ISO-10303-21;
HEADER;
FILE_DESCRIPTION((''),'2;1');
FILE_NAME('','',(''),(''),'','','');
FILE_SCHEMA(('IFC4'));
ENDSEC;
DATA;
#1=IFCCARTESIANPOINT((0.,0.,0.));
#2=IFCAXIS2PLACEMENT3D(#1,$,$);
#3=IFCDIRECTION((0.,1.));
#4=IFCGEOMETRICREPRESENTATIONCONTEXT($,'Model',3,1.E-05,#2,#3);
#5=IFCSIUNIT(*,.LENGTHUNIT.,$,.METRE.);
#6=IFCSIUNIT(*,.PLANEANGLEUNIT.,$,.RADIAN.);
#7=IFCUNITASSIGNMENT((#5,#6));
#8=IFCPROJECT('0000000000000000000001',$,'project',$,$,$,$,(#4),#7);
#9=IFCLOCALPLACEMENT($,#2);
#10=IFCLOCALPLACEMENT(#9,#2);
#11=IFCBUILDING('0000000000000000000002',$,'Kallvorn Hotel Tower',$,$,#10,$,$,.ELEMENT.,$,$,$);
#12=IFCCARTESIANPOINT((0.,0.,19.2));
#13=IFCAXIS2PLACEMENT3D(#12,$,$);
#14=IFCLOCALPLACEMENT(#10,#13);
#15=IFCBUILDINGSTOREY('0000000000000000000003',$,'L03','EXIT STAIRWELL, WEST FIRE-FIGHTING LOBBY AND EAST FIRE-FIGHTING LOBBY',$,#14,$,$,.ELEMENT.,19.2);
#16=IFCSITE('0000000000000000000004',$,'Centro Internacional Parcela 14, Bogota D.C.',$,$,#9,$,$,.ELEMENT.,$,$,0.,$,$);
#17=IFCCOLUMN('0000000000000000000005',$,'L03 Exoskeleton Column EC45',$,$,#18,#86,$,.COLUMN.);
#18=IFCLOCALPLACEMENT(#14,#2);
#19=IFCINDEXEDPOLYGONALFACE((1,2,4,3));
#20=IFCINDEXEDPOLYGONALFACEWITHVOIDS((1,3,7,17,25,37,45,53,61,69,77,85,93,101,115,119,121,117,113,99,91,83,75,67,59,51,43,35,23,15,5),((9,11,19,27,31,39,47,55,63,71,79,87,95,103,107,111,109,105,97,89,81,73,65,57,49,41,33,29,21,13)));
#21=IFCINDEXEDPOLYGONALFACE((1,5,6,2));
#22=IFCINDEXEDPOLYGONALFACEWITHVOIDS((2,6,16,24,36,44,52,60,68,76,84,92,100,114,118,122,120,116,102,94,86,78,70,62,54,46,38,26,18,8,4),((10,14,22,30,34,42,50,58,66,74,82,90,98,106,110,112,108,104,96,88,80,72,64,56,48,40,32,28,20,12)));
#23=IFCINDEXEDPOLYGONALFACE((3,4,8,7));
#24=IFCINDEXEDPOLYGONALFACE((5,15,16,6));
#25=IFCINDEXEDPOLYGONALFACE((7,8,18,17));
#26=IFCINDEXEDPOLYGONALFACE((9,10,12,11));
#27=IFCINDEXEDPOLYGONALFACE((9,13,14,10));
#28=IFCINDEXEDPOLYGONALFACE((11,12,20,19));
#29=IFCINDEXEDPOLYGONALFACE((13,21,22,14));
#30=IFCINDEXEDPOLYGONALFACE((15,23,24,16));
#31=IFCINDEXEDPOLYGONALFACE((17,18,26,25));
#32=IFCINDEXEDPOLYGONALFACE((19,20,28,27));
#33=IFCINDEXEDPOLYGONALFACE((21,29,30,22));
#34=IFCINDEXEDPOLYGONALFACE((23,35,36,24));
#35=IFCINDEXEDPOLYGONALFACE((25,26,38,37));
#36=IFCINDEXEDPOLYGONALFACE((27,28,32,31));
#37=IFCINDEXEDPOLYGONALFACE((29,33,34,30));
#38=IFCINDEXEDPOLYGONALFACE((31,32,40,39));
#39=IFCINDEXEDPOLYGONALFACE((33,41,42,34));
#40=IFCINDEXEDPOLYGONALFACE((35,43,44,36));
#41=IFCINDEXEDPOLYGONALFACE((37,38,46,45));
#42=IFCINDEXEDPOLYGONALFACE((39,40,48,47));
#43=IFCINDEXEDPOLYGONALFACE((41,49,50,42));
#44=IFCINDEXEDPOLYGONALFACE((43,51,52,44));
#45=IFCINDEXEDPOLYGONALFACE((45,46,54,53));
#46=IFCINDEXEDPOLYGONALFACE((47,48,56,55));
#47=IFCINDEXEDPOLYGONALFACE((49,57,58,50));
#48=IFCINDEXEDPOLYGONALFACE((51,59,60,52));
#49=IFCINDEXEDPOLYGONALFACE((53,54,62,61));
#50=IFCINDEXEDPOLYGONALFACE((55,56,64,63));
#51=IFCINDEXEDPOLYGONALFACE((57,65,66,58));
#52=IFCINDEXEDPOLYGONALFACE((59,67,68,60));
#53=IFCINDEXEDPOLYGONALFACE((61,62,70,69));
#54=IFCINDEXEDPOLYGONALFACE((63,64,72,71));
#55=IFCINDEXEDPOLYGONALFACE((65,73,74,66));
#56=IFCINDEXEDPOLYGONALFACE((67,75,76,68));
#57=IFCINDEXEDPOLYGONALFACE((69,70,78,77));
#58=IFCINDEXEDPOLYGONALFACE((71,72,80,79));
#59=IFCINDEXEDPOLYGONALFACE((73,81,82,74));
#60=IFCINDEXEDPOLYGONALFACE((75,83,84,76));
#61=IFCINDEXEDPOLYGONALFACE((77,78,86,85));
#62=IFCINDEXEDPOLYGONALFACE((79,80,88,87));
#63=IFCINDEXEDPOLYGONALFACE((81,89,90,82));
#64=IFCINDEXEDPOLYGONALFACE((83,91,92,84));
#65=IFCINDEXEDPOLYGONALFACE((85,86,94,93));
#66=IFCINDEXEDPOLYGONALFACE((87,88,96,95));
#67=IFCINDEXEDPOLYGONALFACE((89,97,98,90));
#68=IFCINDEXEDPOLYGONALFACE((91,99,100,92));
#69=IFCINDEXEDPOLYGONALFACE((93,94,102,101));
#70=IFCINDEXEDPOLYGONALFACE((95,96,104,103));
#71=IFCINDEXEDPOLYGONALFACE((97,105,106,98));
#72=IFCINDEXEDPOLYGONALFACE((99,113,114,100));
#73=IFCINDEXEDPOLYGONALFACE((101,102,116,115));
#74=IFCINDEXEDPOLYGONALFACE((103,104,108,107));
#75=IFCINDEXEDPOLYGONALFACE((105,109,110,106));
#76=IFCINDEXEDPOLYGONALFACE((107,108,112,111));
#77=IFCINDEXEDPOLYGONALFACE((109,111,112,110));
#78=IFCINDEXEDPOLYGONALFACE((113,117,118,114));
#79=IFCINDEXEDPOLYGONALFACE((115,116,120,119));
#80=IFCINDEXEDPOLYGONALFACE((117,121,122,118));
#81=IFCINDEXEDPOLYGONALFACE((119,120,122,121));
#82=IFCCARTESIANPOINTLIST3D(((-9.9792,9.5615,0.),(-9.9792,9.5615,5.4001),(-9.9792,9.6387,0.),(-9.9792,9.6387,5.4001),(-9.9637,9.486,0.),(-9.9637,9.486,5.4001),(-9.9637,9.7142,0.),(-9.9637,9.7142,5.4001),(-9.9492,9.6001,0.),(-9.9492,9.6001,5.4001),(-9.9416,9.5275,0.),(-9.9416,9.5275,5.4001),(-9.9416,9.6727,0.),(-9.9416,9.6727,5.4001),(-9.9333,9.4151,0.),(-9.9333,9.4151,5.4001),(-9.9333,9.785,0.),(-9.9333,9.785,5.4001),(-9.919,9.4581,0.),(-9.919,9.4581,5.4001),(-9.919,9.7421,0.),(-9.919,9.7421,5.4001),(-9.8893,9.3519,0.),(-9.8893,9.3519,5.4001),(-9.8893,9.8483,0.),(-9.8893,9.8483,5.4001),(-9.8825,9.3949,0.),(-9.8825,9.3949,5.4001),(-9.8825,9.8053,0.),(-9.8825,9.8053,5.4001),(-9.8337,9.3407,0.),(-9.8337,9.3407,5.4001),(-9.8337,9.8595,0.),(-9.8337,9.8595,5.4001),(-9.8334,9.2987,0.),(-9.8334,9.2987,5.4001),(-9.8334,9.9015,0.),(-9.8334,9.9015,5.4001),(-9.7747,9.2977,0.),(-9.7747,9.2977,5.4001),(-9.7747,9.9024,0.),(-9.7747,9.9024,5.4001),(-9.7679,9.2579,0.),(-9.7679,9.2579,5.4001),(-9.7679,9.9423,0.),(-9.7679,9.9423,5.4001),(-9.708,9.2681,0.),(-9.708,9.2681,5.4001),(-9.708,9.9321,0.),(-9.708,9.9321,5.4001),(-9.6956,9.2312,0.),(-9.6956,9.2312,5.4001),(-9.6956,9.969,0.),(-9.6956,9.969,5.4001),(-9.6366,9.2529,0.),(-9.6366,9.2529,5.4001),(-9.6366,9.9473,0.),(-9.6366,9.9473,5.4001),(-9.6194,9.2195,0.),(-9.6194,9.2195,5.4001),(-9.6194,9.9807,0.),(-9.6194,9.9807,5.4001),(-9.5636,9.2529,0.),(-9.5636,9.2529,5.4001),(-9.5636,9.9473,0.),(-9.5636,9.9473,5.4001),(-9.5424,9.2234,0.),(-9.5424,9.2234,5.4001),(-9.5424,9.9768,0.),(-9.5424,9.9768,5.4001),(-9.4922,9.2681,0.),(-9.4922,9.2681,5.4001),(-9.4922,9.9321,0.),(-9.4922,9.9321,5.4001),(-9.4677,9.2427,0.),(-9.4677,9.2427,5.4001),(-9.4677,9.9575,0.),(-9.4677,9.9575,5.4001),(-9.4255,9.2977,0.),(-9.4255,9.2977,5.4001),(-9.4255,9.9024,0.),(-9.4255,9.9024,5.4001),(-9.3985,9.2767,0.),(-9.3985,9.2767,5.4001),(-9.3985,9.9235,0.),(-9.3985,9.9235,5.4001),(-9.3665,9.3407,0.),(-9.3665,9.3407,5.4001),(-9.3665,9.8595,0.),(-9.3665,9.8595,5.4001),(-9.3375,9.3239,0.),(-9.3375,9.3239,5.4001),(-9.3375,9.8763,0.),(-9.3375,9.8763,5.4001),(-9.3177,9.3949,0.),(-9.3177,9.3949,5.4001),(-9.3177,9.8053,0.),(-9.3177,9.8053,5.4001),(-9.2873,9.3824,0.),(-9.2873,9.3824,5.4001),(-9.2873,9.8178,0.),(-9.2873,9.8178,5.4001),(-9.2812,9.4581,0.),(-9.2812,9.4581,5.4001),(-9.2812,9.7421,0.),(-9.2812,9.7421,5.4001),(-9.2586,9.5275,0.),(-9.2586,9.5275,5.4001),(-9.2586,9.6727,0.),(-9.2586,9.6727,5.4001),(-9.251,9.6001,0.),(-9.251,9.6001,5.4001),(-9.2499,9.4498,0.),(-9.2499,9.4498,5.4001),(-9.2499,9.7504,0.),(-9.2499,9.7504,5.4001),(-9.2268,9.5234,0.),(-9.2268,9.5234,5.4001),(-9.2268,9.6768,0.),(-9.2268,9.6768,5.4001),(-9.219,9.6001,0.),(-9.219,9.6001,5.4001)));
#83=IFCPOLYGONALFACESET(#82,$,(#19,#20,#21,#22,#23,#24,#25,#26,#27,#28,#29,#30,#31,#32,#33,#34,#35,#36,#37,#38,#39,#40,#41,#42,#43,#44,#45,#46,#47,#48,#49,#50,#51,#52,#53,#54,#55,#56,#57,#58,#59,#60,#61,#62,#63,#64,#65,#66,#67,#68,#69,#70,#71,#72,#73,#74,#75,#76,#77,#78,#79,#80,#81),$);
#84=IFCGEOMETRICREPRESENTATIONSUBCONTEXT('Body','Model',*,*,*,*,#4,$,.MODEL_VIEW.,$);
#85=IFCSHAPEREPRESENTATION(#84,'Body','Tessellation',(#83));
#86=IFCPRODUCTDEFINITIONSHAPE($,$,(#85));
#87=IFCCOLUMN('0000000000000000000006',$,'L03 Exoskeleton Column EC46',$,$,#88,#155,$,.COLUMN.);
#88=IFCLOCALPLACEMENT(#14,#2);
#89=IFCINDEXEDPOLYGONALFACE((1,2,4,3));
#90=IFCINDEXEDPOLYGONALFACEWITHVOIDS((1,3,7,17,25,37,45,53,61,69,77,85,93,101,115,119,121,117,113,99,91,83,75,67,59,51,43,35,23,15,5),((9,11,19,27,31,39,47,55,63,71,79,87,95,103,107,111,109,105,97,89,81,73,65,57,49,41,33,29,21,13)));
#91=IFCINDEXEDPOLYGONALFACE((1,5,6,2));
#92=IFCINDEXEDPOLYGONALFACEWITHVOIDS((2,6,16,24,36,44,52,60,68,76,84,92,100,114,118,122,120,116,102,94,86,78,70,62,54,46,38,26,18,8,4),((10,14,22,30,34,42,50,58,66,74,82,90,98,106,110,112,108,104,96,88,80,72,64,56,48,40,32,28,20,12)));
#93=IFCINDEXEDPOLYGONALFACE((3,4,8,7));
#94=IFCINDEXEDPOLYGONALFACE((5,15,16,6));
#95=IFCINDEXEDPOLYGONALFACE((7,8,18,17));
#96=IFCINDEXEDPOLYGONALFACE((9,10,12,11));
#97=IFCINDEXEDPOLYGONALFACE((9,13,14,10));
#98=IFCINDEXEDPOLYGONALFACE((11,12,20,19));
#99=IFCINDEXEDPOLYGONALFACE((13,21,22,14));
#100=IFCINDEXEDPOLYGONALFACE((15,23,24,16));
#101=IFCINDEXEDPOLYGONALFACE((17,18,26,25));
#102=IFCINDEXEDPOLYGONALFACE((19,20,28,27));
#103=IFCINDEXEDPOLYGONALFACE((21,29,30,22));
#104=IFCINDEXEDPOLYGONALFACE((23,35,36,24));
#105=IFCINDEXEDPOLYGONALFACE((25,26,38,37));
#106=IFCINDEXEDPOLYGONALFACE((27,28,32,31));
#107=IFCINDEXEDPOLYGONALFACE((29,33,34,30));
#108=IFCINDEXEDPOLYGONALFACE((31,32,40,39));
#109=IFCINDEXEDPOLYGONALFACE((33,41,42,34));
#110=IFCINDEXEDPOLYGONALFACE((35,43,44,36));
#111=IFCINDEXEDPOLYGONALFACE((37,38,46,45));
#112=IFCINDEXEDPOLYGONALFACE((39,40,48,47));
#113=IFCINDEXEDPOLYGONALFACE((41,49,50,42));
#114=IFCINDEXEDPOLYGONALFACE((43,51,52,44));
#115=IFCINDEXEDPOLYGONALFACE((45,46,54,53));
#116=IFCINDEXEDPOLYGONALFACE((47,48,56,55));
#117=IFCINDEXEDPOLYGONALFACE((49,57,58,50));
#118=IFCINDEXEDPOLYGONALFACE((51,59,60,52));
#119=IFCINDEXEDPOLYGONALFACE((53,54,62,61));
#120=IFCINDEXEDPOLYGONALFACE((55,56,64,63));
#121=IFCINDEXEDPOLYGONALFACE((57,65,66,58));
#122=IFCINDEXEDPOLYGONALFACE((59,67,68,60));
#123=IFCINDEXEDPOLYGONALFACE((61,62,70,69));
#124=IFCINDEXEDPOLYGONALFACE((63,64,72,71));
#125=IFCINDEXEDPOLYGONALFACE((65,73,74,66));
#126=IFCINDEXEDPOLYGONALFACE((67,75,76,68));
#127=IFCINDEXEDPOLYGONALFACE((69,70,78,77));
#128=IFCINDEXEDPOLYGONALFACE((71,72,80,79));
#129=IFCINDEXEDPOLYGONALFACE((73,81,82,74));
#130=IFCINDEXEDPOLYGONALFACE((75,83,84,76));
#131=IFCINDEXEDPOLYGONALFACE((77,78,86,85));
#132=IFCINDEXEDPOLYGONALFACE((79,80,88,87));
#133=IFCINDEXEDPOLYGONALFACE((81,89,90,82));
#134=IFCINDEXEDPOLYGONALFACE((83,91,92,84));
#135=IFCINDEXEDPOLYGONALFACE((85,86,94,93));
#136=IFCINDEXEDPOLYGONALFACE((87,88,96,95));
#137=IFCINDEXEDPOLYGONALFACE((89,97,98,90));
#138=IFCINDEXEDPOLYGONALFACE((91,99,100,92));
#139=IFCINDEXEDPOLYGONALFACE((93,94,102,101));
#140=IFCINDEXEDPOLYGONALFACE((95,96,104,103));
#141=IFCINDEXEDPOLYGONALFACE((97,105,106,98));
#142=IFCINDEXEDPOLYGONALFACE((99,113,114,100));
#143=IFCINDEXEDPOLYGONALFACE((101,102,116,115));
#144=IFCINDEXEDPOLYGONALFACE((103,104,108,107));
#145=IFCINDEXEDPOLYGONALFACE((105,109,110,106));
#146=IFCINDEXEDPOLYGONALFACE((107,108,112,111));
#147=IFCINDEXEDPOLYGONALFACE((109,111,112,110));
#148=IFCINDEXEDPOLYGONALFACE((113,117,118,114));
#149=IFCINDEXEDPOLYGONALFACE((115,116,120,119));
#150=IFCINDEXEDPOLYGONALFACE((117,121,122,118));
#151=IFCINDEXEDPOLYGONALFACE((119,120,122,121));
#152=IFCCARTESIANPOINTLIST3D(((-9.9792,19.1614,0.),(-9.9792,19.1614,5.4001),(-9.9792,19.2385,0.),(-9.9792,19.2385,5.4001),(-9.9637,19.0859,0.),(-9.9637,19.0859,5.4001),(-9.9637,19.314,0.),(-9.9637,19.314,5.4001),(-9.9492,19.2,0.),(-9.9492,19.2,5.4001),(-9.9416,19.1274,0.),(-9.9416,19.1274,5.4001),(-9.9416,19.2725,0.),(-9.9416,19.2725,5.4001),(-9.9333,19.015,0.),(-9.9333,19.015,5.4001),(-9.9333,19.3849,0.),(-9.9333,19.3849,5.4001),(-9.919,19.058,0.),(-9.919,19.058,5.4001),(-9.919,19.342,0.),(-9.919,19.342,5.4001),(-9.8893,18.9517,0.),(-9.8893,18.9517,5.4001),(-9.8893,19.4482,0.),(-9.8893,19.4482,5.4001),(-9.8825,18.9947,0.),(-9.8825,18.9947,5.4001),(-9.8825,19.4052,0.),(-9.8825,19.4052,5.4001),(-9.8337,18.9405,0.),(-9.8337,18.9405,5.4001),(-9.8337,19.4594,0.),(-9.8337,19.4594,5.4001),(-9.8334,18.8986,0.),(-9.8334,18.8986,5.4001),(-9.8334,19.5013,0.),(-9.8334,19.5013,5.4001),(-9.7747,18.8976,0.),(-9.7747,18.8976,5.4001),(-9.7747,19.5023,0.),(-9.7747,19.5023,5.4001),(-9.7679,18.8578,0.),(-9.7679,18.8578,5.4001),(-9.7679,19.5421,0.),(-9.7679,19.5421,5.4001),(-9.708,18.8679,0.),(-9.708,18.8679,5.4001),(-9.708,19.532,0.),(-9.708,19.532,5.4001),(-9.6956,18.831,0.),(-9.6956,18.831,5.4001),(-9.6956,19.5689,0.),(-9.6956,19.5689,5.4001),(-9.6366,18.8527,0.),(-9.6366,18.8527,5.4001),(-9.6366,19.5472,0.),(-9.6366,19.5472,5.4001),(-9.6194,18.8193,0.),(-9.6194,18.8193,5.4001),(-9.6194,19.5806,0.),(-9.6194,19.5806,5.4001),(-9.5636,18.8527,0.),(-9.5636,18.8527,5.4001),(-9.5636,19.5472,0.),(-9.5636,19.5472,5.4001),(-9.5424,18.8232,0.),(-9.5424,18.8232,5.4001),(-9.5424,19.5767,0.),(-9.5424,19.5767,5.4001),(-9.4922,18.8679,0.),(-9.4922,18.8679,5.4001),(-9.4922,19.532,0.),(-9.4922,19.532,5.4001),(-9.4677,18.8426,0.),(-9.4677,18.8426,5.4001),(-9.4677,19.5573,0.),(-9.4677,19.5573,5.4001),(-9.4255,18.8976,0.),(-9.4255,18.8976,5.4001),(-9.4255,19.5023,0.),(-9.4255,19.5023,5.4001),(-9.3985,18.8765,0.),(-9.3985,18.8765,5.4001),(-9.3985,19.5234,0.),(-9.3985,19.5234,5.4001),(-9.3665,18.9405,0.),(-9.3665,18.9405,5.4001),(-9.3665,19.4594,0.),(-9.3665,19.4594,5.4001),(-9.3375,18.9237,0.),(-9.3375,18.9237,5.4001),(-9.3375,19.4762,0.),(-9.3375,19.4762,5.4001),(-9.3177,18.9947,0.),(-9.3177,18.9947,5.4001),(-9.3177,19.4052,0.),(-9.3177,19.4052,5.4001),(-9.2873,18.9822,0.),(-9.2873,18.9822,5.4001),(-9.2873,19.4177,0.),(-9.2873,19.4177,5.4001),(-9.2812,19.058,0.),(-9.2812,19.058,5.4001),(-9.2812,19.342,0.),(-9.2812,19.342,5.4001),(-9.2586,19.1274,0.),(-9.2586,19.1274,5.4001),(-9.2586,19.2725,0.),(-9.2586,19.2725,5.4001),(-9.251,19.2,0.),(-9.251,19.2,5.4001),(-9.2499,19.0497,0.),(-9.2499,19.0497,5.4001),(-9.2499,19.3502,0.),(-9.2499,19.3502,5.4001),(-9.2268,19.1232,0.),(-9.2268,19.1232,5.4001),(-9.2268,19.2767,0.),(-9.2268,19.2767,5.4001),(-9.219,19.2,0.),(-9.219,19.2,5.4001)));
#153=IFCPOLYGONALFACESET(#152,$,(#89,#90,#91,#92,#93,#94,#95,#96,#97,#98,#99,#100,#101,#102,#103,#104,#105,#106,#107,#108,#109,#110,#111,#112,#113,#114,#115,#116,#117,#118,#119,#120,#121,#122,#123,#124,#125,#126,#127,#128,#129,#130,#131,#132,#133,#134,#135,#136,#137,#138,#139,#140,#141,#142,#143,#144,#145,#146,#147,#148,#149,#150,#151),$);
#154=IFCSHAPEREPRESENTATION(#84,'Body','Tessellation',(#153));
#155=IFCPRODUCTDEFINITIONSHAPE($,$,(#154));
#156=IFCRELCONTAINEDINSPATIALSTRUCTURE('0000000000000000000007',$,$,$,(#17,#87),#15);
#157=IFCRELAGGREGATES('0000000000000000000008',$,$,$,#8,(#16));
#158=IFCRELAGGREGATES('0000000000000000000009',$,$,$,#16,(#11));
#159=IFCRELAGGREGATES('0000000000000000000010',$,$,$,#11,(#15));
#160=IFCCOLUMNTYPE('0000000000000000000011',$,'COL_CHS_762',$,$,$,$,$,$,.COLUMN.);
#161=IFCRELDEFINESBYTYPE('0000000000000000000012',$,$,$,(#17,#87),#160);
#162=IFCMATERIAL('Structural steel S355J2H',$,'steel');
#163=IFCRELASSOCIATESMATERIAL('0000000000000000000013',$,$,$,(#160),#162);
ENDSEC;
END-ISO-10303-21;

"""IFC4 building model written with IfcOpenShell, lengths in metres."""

from ifc_helpers import new_model, si_unit, direction, frame, origin, origin_2d, place, context, subcontext, project, spatial, hollow_circle, extrude, material, material_profile, profile_set, type_object, element, save


model = new_model("IFC4")

# Units and contexts
model_context = context("Model", 3, precision=1e-05, world=origin(), true_north=direction((0.0, 1.0)))
body_context = subcontext(model_context, "Body", "Model", "MODEL_VIEW")
ifc_project = project(units=[si_unit("LENGTHUNIT", "METRE"), si_unit("PLANEANGLEUNIT", "RADIAN")], contexts=[model_context])

# Site, building, storey
site_placement = place(None, origin())
site = spatial("IfcSite", under=ifc_project, at=site_placement, Name="Centro Internacional Parcela 14, Bogota D.C.", CompositionType="ELEMENT", RefElevation=0.0)
building_placement = place(site_placement, origin())
building = spatial("IfcBuilding", under=site, at=building_placement, Name="Kallvorn Hotel Tower", CompositionType="ELEMENT")
storey_placement = place(building_placement, frame((0.0, 0.0, 19.2)))
storey = spatial("IfcBuildingStorey", under=building, at=storey_placement, Name="L03", Description="EXIT STAIRWELL, WEST FIRE-FIGHTING LOBBY AND EAST FIRE-FIGHTING LOBBY", CompositionType="ELEMENT", Elevation=19.2)

# Columns
ifc_material_1 = material(Name="Structural steel S355J2H", Category="steel")
ifc_material_profile_1 = material_profile(ifc_material_1, hollow_circle(Radius=0.3811, WallThickness=0.032, at=origin_2d()), Name="CHS 762x32")
ifc_profile_set_1 = profile_set([ifc_material_profile_1], Name="Structural steel S355J2H")
column_type_1 = type_object("IfcColumnType", Name="COL_CHS_762", PredefinedType="COLUMN", material=ifc_profile_set_1)
for number, where, z_axis, x_axis, name in (
    (1, (-9.6001, 9.6001, 0.0), (0.0, 0.0, 1.0), (1.0, 0.0, 0.0), "L03 Exoskeleton Column EC45"),
    (2, (-9.6001, 19.2, 0.0), (0.0, 0.0, 1.0), (1.0, 0.0, 0.0), "L03 Exoskeleton Column EC46"),
):
    element("IfcColumn", number, at=place(storey_placement, frame(where, z_axis=z_axis, x_axis=x_axis)), inside=storey, type_object=column_type_1, Name=name, PredefinedType="COLUMN", context=body_context, shape_type="SweptSolid", body=[
        extrude(hollow_circle(Radius=0.3811, WallThickness=0.032, at=origin_2d()), origin(), (0.0, 0.0, 1.0), 5.4001),
    ])

save(model, "model.ifc")
